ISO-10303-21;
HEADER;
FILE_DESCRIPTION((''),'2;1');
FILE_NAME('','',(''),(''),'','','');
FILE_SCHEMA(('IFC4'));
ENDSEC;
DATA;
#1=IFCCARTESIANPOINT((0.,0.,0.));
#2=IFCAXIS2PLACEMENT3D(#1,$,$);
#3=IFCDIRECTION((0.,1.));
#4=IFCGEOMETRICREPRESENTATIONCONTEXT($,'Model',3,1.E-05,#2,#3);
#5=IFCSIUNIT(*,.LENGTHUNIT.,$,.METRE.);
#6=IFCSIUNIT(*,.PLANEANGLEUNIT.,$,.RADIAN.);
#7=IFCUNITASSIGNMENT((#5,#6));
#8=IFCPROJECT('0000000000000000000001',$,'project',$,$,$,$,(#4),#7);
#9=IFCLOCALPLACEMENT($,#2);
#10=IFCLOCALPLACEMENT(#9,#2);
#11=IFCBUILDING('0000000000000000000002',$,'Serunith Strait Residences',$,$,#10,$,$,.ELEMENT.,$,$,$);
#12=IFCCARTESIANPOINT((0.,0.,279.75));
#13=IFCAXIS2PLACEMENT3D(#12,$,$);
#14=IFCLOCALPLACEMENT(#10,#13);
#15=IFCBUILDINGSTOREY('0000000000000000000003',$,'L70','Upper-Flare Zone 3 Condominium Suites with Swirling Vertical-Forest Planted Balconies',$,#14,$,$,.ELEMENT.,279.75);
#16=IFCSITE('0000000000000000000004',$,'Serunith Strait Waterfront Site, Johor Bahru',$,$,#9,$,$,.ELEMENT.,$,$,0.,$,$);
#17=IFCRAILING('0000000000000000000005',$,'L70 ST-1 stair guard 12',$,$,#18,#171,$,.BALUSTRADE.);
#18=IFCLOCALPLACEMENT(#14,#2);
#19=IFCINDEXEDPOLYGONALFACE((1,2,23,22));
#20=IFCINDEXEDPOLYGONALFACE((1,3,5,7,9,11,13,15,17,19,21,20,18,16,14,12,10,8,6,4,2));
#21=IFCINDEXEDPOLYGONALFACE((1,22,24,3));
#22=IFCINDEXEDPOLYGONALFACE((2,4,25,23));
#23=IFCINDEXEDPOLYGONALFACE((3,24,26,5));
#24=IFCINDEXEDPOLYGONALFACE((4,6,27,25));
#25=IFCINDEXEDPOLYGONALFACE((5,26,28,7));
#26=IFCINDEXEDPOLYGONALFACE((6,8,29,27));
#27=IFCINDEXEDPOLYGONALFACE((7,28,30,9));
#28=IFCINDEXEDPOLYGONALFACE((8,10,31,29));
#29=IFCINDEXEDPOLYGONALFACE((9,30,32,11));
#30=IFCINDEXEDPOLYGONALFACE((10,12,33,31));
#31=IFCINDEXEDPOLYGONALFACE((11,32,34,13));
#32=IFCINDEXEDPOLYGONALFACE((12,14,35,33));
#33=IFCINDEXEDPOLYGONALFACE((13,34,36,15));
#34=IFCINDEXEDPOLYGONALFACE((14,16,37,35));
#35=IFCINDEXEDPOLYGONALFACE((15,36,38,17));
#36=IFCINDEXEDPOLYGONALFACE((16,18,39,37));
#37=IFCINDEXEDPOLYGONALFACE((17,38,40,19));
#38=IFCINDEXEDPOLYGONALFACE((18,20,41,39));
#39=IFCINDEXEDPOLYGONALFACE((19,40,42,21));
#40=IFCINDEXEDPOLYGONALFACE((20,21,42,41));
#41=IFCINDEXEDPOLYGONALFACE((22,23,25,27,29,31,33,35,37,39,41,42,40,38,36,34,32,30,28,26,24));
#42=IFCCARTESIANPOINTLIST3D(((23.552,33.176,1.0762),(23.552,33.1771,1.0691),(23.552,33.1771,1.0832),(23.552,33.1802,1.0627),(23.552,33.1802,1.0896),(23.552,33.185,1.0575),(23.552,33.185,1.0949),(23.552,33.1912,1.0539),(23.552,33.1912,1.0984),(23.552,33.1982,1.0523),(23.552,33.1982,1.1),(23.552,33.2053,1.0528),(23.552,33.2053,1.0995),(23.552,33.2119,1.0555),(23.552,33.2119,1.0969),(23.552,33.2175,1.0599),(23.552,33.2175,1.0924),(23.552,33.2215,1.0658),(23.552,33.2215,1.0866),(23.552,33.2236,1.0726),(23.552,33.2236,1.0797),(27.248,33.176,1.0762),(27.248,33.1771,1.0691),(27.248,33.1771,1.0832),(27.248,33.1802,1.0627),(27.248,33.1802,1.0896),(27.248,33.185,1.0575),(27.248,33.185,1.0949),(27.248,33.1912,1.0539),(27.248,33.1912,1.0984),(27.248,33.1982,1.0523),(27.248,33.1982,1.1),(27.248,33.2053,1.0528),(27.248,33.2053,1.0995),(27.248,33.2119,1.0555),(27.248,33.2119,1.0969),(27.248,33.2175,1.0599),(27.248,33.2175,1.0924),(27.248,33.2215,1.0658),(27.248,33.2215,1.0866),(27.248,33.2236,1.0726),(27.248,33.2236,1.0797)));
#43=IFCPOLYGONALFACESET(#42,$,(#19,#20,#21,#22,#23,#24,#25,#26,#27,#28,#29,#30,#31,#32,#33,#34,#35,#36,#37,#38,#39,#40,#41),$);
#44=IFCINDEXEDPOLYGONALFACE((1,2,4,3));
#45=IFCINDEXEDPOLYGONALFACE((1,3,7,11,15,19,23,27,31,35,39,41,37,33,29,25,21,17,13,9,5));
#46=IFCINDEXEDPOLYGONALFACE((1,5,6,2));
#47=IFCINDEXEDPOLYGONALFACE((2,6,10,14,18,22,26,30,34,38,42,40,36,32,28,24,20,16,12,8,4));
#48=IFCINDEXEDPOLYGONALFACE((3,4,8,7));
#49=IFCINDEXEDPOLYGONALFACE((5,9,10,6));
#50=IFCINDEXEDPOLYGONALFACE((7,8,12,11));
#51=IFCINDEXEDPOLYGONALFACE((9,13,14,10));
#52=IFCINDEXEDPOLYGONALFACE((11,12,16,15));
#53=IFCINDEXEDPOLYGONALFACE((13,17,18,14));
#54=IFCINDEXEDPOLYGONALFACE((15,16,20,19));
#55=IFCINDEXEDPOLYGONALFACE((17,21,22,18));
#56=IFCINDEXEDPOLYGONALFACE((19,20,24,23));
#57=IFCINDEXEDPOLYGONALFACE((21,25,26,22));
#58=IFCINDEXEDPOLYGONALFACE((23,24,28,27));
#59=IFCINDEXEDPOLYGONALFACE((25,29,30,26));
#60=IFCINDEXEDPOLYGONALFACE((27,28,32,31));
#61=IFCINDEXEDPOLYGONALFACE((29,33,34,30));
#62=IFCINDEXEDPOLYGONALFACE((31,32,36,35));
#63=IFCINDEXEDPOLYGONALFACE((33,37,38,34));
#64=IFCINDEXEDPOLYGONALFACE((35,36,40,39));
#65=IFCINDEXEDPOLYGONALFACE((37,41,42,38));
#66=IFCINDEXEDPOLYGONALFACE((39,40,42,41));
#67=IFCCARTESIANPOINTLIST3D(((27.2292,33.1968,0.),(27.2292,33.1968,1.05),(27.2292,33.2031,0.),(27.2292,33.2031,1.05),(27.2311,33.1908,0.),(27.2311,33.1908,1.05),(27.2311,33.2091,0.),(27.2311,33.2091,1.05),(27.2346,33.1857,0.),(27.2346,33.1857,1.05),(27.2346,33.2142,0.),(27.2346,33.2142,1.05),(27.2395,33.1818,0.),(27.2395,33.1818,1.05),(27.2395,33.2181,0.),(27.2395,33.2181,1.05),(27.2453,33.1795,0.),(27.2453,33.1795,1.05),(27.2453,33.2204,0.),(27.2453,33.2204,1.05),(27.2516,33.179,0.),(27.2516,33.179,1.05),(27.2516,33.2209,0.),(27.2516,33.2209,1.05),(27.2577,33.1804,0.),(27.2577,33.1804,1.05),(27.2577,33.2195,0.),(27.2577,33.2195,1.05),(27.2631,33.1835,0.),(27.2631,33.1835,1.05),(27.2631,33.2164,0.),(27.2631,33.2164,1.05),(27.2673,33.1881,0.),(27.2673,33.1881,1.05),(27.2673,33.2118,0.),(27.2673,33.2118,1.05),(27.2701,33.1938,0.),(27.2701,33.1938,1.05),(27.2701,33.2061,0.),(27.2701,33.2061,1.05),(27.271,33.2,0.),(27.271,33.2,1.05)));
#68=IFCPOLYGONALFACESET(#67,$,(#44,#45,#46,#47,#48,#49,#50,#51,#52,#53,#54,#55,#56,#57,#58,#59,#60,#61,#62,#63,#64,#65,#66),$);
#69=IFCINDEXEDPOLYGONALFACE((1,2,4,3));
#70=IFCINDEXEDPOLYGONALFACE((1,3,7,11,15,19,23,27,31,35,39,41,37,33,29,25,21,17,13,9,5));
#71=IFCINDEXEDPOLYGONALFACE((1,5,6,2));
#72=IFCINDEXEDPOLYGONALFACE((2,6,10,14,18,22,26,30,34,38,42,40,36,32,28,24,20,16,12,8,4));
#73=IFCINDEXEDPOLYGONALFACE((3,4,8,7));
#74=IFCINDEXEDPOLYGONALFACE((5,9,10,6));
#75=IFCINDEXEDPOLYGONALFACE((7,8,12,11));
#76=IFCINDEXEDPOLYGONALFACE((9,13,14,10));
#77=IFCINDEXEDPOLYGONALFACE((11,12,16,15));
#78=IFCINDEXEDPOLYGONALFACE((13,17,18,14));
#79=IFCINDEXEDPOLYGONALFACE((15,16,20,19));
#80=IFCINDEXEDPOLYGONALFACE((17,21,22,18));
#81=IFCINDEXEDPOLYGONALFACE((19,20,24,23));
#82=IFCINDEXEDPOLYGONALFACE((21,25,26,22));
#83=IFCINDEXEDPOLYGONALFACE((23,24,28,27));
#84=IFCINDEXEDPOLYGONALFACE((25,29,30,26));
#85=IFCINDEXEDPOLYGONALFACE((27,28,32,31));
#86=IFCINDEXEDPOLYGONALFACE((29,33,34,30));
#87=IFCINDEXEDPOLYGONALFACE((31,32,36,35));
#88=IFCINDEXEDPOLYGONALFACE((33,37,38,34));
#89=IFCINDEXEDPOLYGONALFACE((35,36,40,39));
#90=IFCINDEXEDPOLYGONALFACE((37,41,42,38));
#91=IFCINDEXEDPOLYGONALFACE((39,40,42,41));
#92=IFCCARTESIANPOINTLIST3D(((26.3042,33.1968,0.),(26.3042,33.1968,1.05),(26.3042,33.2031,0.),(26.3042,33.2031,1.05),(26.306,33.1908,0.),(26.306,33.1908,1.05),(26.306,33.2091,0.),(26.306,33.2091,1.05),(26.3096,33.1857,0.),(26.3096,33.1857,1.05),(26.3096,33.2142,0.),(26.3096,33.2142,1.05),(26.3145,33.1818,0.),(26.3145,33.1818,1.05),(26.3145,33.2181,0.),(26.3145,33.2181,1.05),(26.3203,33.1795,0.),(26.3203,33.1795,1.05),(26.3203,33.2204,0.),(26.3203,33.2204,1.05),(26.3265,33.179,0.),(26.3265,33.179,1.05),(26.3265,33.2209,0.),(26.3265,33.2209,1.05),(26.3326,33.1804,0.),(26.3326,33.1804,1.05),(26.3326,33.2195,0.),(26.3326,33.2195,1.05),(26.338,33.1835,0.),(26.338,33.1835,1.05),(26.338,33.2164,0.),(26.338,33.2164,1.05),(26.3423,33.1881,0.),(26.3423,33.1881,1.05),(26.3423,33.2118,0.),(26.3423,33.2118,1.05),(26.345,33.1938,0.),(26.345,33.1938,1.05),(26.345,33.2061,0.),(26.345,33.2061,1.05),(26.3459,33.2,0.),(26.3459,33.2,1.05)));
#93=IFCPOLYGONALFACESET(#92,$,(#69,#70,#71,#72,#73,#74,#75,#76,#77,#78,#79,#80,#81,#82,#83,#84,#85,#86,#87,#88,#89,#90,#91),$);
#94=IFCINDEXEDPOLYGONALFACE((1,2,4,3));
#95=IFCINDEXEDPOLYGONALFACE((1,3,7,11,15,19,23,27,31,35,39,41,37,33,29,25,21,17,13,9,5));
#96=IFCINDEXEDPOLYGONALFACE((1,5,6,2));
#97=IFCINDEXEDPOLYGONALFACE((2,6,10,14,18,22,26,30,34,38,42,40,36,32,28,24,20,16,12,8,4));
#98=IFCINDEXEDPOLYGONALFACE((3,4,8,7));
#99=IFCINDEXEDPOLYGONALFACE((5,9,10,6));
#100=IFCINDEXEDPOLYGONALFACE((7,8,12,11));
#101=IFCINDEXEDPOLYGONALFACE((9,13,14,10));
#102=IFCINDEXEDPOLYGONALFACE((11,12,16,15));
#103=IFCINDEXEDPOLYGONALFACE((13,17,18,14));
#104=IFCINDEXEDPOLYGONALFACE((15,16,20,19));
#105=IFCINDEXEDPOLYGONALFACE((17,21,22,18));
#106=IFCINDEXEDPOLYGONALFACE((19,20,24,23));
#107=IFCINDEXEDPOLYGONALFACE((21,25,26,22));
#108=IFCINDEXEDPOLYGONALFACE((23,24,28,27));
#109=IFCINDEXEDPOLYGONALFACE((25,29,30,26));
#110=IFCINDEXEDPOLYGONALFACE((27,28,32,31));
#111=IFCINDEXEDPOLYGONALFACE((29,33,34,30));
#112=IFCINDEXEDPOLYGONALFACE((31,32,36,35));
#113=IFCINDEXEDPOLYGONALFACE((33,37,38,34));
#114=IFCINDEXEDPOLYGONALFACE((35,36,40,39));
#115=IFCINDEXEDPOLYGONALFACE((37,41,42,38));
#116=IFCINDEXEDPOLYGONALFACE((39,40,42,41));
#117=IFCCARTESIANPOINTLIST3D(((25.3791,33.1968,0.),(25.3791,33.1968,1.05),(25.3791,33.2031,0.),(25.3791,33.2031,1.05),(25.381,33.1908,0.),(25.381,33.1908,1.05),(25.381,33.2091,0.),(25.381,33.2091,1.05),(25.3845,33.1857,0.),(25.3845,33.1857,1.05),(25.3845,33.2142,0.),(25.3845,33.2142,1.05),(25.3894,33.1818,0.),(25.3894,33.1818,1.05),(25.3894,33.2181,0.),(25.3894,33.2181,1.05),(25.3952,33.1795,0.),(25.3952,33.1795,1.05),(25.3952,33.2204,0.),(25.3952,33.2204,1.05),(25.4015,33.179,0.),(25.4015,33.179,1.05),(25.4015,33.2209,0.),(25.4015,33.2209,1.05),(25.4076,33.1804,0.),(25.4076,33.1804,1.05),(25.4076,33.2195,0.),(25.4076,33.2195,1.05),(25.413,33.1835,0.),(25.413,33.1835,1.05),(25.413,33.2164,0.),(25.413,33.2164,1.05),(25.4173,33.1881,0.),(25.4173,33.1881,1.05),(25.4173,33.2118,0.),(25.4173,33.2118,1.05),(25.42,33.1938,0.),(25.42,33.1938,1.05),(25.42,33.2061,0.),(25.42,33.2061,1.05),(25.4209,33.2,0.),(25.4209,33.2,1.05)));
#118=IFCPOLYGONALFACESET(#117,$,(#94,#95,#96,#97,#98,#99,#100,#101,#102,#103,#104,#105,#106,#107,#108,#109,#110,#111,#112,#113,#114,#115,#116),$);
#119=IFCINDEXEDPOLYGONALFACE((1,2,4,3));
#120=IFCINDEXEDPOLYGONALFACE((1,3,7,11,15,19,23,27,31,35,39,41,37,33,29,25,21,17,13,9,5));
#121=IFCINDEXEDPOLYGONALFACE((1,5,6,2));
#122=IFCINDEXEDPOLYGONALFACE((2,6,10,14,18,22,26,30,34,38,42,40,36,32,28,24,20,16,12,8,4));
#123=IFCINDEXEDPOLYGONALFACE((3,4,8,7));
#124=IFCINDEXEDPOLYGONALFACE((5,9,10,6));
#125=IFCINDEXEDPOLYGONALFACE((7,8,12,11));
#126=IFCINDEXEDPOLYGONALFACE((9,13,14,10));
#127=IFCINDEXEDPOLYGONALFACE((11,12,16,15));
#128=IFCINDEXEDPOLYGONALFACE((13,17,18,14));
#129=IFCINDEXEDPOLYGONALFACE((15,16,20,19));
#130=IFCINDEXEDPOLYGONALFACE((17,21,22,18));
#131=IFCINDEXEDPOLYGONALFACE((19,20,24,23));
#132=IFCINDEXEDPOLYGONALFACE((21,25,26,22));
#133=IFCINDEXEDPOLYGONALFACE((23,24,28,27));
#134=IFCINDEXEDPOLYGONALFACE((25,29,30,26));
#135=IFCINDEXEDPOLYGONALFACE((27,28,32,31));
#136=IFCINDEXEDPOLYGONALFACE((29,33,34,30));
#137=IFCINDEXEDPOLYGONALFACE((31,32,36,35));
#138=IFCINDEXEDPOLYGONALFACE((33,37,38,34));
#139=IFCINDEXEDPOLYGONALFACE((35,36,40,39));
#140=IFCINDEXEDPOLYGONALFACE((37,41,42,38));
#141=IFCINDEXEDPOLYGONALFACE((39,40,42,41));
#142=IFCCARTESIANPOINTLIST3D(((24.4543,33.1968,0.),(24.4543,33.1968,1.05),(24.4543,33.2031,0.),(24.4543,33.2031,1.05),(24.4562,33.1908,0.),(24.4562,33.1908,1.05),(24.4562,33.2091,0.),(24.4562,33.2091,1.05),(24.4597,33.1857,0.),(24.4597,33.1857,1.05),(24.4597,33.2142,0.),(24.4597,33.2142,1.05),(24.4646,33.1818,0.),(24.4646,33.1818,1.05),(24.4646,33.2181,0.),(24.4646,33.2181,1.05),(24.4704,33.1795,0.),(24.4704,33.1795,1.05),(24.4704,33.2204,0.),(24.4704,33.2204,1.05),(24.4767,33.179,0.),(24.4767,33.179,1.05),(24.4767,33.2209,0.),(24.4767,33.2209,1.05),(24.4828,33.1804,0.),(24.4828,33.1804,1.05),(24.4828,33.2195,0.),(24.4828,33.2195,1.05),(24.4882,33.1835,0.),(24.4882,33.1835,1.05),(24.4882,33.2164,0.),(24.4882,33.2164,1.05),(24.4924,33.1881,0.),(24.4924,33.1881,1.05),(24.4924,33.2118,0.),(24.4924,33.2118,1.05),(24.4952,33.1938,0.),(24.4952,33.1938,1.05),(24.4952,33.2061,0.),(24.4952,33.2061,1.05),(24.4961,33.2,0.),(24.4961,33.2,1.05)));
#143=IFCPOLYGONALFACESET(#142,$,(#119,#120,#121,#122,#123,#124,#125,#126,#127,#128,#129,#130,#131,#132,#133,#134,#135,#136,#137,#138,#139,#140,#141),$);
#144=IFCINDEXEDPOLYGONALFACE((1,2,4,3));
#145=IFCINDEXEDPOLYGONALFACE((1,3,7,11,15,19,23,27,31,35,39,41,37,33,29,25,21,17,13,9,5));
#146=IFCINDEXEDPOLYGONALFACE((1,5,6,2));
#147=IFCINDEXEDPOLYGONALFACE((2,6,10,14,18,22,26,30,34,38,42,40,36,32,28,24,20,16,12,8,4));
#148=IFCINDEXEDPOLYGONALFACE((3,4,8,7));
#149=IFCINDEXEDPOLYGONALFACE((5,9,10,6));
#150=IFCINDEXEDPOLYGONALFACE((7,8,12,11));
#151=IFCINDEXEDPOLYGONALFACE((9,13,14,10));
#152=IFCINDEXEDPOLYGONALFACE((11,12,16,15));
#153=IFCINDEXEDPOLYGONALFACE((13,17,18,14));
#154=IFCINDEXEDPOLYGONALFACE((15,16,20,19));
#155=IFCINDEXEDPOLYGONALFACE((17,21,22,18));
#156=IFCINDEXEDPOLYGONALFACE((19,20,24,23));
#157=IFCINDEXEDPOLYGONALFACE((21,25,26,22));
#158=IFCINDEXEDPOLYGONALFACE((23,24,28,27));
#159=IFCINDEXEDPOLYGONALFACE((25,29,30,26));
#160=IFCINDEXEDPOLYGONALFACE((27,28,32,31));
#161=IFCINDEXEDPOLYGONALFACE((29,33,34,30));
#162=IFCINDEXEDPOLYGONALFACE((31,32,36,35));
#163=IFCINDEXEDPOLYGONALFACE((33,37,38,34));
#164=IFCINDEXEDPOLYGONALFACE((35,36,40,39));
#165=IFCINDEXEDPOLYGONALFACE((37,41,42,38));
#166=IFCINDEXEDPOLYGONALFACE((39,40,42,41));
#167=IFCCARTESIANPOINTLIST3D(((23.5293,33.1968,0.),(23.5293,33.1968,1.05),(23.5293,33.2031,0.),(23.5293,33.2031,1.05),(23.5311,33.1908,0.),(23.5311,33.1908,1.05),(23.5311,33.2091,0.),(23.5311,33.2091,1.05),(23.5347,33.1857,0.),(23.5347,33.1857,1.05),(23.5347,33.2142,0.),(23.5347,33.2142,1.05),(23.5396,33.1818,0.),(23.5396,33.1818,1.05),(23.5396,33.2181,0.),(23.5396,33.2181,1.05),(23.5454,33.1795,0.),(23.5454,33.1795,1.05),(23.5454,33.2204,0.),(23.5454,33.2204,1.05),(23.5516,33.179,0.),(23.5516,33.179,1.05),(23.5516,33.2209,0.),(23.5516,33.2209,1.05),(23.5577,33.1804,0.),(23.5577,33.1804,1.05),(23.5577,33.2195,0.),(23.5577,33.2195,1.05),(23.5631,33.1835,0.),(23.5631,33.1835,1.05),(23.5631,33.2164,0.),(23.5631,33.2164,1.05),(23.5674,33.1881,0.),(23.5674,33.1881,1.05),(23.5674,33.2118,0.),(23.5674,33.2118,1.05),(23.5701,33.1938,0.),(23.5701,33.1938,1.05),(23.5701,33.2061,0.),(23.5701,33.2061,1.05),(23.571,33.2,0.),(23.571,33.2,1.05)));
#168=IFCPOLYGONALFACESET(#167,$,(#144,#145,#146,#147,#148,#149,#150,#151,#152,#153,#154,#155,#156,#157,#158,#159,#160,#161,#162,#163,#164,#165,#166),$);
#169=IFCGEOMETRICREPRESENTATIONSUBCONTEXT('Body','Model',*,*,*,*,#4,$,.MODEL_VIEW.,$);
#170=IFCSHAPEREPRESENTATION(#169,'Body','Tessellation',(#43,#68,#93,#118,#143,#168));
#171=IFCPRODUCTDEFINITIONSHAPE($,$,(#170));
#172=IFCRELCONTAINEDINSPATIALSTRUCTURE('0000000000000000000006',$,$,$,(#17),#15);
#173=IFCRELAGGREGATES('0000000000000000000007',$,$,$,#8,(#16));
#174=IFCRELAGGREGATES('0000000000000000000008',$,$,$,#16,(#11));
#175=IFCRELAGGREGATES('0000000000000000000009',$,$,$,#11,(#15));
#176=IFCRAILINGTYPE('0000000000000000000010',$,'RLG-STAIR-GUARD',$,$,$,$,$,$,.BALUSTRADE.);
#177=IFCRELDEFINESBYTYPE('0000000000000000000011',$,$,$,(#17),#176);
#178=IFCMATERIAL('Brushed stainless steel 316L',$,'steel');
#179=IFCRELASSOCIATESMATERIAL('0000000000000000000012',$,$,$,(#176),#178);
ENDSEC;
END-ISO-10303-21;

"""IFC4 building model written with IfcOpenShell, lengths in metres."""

from ifc_helpers import new_model, si_unit, direction, frame, origin, origin_2d, place, context, subcontext, project, spatial, circle, extrude, material, type_object, element, save


model = new_model("IFC4")

# Units and contexts
model_context = context("Model", 3, precision=1e-05, world=origin(), true_north=direction((0.0, 1.0)))
body_context = subcontext(model_context, "Body", "Model", "MODEL_VIEW")
ifc_project = project(units=[si_unit("LENGTHUNIT", "METRE"), si_unit("PLANEANGLEUNIT", "RADIAN")], contexts=[model_context])

# Site, building, storey
site_placement = place(None, origin())
site = spatial("IfcSite", under=ifc_project, at=site_placement, Name="Serunith Strait Waterfront Site, Johor Bahru", CompositionType="ELEMENT", RefElevation=0.0)
building_placement = place(site_placement, origin())
building = spatial("IfcBuilding", under=site, at=building_placement, Name="Serunith Strait Residences", CompositionType="ELEMENT")
storey_placement = place(building_placement, frame((0.0, 0.0, 279.75)))
storey = spatial("IfcBuildingStorey", under=building, at=storey_placement, Name="L70", Description="Upper-Flare Zone 3 Condominium Suites with Swirling Vertical-Forest Planted Balconies", CompositionType="ELEMENT", Elevation=279.75)

# Railing
ifc_material_1 = material(Name="Brushed stainless steel 316L", Category="steel")
railing_type_1 = type_object("IfcRailingType", Name="RLG-STAIR-GUARD", PredefinedType="BALUSTRADE", material=ifc_material_1)
railing_1_placement = place(storey_placement, frame((27.25, 33.2, 0.0)))
element("IfcRailing", 1, at=railing_1_placement, inside=storey, type_object=railing_type_1, Name="L70 ST-1 stair guard 12", PredefinedType="BALUSTRADE", context=body_context, shape_type="SweptSolid", body=[
    extrude(circle(Radius=0.0239, at=origin_2d()), frame((-0.002, 0.0, 1.0762), z_axis=(-1.0, 0.0, 0.0), x_axis=(0.0, -1.0, 0.0)), (0.0, 0.0, 1.0), 3.696),
    extrude(circle(Radius=0.021, at=origin_2d()), origin(), (0.0, 0.0, 1.0), 1.05),
    extrude(circle(Radius=0.021, at=origin_2d()), frame((-0.925, 0.0, 0.0)), (0.0, 0.0, 1.0), 1.05),
    extrude(circle(Radius=0.021, at=origin_2d()), frame((-1.8501, 0.0, 0.0)), (0.0, 0.0, 1.0), 1.05),
    extrude(circle(Radius=0.021, at=origin_2d()), frame((-2.7749, 0.0, 0.0)), (0.0, 0.0, 1.0), 1.05),
    extrude(circle(Radius=0.021, at=origin_2d()), frame((-3.7, 0.0, 0.0)), (0.0, 0.0, 1.0), 1.05),
])

save(model, "model.ifc")
